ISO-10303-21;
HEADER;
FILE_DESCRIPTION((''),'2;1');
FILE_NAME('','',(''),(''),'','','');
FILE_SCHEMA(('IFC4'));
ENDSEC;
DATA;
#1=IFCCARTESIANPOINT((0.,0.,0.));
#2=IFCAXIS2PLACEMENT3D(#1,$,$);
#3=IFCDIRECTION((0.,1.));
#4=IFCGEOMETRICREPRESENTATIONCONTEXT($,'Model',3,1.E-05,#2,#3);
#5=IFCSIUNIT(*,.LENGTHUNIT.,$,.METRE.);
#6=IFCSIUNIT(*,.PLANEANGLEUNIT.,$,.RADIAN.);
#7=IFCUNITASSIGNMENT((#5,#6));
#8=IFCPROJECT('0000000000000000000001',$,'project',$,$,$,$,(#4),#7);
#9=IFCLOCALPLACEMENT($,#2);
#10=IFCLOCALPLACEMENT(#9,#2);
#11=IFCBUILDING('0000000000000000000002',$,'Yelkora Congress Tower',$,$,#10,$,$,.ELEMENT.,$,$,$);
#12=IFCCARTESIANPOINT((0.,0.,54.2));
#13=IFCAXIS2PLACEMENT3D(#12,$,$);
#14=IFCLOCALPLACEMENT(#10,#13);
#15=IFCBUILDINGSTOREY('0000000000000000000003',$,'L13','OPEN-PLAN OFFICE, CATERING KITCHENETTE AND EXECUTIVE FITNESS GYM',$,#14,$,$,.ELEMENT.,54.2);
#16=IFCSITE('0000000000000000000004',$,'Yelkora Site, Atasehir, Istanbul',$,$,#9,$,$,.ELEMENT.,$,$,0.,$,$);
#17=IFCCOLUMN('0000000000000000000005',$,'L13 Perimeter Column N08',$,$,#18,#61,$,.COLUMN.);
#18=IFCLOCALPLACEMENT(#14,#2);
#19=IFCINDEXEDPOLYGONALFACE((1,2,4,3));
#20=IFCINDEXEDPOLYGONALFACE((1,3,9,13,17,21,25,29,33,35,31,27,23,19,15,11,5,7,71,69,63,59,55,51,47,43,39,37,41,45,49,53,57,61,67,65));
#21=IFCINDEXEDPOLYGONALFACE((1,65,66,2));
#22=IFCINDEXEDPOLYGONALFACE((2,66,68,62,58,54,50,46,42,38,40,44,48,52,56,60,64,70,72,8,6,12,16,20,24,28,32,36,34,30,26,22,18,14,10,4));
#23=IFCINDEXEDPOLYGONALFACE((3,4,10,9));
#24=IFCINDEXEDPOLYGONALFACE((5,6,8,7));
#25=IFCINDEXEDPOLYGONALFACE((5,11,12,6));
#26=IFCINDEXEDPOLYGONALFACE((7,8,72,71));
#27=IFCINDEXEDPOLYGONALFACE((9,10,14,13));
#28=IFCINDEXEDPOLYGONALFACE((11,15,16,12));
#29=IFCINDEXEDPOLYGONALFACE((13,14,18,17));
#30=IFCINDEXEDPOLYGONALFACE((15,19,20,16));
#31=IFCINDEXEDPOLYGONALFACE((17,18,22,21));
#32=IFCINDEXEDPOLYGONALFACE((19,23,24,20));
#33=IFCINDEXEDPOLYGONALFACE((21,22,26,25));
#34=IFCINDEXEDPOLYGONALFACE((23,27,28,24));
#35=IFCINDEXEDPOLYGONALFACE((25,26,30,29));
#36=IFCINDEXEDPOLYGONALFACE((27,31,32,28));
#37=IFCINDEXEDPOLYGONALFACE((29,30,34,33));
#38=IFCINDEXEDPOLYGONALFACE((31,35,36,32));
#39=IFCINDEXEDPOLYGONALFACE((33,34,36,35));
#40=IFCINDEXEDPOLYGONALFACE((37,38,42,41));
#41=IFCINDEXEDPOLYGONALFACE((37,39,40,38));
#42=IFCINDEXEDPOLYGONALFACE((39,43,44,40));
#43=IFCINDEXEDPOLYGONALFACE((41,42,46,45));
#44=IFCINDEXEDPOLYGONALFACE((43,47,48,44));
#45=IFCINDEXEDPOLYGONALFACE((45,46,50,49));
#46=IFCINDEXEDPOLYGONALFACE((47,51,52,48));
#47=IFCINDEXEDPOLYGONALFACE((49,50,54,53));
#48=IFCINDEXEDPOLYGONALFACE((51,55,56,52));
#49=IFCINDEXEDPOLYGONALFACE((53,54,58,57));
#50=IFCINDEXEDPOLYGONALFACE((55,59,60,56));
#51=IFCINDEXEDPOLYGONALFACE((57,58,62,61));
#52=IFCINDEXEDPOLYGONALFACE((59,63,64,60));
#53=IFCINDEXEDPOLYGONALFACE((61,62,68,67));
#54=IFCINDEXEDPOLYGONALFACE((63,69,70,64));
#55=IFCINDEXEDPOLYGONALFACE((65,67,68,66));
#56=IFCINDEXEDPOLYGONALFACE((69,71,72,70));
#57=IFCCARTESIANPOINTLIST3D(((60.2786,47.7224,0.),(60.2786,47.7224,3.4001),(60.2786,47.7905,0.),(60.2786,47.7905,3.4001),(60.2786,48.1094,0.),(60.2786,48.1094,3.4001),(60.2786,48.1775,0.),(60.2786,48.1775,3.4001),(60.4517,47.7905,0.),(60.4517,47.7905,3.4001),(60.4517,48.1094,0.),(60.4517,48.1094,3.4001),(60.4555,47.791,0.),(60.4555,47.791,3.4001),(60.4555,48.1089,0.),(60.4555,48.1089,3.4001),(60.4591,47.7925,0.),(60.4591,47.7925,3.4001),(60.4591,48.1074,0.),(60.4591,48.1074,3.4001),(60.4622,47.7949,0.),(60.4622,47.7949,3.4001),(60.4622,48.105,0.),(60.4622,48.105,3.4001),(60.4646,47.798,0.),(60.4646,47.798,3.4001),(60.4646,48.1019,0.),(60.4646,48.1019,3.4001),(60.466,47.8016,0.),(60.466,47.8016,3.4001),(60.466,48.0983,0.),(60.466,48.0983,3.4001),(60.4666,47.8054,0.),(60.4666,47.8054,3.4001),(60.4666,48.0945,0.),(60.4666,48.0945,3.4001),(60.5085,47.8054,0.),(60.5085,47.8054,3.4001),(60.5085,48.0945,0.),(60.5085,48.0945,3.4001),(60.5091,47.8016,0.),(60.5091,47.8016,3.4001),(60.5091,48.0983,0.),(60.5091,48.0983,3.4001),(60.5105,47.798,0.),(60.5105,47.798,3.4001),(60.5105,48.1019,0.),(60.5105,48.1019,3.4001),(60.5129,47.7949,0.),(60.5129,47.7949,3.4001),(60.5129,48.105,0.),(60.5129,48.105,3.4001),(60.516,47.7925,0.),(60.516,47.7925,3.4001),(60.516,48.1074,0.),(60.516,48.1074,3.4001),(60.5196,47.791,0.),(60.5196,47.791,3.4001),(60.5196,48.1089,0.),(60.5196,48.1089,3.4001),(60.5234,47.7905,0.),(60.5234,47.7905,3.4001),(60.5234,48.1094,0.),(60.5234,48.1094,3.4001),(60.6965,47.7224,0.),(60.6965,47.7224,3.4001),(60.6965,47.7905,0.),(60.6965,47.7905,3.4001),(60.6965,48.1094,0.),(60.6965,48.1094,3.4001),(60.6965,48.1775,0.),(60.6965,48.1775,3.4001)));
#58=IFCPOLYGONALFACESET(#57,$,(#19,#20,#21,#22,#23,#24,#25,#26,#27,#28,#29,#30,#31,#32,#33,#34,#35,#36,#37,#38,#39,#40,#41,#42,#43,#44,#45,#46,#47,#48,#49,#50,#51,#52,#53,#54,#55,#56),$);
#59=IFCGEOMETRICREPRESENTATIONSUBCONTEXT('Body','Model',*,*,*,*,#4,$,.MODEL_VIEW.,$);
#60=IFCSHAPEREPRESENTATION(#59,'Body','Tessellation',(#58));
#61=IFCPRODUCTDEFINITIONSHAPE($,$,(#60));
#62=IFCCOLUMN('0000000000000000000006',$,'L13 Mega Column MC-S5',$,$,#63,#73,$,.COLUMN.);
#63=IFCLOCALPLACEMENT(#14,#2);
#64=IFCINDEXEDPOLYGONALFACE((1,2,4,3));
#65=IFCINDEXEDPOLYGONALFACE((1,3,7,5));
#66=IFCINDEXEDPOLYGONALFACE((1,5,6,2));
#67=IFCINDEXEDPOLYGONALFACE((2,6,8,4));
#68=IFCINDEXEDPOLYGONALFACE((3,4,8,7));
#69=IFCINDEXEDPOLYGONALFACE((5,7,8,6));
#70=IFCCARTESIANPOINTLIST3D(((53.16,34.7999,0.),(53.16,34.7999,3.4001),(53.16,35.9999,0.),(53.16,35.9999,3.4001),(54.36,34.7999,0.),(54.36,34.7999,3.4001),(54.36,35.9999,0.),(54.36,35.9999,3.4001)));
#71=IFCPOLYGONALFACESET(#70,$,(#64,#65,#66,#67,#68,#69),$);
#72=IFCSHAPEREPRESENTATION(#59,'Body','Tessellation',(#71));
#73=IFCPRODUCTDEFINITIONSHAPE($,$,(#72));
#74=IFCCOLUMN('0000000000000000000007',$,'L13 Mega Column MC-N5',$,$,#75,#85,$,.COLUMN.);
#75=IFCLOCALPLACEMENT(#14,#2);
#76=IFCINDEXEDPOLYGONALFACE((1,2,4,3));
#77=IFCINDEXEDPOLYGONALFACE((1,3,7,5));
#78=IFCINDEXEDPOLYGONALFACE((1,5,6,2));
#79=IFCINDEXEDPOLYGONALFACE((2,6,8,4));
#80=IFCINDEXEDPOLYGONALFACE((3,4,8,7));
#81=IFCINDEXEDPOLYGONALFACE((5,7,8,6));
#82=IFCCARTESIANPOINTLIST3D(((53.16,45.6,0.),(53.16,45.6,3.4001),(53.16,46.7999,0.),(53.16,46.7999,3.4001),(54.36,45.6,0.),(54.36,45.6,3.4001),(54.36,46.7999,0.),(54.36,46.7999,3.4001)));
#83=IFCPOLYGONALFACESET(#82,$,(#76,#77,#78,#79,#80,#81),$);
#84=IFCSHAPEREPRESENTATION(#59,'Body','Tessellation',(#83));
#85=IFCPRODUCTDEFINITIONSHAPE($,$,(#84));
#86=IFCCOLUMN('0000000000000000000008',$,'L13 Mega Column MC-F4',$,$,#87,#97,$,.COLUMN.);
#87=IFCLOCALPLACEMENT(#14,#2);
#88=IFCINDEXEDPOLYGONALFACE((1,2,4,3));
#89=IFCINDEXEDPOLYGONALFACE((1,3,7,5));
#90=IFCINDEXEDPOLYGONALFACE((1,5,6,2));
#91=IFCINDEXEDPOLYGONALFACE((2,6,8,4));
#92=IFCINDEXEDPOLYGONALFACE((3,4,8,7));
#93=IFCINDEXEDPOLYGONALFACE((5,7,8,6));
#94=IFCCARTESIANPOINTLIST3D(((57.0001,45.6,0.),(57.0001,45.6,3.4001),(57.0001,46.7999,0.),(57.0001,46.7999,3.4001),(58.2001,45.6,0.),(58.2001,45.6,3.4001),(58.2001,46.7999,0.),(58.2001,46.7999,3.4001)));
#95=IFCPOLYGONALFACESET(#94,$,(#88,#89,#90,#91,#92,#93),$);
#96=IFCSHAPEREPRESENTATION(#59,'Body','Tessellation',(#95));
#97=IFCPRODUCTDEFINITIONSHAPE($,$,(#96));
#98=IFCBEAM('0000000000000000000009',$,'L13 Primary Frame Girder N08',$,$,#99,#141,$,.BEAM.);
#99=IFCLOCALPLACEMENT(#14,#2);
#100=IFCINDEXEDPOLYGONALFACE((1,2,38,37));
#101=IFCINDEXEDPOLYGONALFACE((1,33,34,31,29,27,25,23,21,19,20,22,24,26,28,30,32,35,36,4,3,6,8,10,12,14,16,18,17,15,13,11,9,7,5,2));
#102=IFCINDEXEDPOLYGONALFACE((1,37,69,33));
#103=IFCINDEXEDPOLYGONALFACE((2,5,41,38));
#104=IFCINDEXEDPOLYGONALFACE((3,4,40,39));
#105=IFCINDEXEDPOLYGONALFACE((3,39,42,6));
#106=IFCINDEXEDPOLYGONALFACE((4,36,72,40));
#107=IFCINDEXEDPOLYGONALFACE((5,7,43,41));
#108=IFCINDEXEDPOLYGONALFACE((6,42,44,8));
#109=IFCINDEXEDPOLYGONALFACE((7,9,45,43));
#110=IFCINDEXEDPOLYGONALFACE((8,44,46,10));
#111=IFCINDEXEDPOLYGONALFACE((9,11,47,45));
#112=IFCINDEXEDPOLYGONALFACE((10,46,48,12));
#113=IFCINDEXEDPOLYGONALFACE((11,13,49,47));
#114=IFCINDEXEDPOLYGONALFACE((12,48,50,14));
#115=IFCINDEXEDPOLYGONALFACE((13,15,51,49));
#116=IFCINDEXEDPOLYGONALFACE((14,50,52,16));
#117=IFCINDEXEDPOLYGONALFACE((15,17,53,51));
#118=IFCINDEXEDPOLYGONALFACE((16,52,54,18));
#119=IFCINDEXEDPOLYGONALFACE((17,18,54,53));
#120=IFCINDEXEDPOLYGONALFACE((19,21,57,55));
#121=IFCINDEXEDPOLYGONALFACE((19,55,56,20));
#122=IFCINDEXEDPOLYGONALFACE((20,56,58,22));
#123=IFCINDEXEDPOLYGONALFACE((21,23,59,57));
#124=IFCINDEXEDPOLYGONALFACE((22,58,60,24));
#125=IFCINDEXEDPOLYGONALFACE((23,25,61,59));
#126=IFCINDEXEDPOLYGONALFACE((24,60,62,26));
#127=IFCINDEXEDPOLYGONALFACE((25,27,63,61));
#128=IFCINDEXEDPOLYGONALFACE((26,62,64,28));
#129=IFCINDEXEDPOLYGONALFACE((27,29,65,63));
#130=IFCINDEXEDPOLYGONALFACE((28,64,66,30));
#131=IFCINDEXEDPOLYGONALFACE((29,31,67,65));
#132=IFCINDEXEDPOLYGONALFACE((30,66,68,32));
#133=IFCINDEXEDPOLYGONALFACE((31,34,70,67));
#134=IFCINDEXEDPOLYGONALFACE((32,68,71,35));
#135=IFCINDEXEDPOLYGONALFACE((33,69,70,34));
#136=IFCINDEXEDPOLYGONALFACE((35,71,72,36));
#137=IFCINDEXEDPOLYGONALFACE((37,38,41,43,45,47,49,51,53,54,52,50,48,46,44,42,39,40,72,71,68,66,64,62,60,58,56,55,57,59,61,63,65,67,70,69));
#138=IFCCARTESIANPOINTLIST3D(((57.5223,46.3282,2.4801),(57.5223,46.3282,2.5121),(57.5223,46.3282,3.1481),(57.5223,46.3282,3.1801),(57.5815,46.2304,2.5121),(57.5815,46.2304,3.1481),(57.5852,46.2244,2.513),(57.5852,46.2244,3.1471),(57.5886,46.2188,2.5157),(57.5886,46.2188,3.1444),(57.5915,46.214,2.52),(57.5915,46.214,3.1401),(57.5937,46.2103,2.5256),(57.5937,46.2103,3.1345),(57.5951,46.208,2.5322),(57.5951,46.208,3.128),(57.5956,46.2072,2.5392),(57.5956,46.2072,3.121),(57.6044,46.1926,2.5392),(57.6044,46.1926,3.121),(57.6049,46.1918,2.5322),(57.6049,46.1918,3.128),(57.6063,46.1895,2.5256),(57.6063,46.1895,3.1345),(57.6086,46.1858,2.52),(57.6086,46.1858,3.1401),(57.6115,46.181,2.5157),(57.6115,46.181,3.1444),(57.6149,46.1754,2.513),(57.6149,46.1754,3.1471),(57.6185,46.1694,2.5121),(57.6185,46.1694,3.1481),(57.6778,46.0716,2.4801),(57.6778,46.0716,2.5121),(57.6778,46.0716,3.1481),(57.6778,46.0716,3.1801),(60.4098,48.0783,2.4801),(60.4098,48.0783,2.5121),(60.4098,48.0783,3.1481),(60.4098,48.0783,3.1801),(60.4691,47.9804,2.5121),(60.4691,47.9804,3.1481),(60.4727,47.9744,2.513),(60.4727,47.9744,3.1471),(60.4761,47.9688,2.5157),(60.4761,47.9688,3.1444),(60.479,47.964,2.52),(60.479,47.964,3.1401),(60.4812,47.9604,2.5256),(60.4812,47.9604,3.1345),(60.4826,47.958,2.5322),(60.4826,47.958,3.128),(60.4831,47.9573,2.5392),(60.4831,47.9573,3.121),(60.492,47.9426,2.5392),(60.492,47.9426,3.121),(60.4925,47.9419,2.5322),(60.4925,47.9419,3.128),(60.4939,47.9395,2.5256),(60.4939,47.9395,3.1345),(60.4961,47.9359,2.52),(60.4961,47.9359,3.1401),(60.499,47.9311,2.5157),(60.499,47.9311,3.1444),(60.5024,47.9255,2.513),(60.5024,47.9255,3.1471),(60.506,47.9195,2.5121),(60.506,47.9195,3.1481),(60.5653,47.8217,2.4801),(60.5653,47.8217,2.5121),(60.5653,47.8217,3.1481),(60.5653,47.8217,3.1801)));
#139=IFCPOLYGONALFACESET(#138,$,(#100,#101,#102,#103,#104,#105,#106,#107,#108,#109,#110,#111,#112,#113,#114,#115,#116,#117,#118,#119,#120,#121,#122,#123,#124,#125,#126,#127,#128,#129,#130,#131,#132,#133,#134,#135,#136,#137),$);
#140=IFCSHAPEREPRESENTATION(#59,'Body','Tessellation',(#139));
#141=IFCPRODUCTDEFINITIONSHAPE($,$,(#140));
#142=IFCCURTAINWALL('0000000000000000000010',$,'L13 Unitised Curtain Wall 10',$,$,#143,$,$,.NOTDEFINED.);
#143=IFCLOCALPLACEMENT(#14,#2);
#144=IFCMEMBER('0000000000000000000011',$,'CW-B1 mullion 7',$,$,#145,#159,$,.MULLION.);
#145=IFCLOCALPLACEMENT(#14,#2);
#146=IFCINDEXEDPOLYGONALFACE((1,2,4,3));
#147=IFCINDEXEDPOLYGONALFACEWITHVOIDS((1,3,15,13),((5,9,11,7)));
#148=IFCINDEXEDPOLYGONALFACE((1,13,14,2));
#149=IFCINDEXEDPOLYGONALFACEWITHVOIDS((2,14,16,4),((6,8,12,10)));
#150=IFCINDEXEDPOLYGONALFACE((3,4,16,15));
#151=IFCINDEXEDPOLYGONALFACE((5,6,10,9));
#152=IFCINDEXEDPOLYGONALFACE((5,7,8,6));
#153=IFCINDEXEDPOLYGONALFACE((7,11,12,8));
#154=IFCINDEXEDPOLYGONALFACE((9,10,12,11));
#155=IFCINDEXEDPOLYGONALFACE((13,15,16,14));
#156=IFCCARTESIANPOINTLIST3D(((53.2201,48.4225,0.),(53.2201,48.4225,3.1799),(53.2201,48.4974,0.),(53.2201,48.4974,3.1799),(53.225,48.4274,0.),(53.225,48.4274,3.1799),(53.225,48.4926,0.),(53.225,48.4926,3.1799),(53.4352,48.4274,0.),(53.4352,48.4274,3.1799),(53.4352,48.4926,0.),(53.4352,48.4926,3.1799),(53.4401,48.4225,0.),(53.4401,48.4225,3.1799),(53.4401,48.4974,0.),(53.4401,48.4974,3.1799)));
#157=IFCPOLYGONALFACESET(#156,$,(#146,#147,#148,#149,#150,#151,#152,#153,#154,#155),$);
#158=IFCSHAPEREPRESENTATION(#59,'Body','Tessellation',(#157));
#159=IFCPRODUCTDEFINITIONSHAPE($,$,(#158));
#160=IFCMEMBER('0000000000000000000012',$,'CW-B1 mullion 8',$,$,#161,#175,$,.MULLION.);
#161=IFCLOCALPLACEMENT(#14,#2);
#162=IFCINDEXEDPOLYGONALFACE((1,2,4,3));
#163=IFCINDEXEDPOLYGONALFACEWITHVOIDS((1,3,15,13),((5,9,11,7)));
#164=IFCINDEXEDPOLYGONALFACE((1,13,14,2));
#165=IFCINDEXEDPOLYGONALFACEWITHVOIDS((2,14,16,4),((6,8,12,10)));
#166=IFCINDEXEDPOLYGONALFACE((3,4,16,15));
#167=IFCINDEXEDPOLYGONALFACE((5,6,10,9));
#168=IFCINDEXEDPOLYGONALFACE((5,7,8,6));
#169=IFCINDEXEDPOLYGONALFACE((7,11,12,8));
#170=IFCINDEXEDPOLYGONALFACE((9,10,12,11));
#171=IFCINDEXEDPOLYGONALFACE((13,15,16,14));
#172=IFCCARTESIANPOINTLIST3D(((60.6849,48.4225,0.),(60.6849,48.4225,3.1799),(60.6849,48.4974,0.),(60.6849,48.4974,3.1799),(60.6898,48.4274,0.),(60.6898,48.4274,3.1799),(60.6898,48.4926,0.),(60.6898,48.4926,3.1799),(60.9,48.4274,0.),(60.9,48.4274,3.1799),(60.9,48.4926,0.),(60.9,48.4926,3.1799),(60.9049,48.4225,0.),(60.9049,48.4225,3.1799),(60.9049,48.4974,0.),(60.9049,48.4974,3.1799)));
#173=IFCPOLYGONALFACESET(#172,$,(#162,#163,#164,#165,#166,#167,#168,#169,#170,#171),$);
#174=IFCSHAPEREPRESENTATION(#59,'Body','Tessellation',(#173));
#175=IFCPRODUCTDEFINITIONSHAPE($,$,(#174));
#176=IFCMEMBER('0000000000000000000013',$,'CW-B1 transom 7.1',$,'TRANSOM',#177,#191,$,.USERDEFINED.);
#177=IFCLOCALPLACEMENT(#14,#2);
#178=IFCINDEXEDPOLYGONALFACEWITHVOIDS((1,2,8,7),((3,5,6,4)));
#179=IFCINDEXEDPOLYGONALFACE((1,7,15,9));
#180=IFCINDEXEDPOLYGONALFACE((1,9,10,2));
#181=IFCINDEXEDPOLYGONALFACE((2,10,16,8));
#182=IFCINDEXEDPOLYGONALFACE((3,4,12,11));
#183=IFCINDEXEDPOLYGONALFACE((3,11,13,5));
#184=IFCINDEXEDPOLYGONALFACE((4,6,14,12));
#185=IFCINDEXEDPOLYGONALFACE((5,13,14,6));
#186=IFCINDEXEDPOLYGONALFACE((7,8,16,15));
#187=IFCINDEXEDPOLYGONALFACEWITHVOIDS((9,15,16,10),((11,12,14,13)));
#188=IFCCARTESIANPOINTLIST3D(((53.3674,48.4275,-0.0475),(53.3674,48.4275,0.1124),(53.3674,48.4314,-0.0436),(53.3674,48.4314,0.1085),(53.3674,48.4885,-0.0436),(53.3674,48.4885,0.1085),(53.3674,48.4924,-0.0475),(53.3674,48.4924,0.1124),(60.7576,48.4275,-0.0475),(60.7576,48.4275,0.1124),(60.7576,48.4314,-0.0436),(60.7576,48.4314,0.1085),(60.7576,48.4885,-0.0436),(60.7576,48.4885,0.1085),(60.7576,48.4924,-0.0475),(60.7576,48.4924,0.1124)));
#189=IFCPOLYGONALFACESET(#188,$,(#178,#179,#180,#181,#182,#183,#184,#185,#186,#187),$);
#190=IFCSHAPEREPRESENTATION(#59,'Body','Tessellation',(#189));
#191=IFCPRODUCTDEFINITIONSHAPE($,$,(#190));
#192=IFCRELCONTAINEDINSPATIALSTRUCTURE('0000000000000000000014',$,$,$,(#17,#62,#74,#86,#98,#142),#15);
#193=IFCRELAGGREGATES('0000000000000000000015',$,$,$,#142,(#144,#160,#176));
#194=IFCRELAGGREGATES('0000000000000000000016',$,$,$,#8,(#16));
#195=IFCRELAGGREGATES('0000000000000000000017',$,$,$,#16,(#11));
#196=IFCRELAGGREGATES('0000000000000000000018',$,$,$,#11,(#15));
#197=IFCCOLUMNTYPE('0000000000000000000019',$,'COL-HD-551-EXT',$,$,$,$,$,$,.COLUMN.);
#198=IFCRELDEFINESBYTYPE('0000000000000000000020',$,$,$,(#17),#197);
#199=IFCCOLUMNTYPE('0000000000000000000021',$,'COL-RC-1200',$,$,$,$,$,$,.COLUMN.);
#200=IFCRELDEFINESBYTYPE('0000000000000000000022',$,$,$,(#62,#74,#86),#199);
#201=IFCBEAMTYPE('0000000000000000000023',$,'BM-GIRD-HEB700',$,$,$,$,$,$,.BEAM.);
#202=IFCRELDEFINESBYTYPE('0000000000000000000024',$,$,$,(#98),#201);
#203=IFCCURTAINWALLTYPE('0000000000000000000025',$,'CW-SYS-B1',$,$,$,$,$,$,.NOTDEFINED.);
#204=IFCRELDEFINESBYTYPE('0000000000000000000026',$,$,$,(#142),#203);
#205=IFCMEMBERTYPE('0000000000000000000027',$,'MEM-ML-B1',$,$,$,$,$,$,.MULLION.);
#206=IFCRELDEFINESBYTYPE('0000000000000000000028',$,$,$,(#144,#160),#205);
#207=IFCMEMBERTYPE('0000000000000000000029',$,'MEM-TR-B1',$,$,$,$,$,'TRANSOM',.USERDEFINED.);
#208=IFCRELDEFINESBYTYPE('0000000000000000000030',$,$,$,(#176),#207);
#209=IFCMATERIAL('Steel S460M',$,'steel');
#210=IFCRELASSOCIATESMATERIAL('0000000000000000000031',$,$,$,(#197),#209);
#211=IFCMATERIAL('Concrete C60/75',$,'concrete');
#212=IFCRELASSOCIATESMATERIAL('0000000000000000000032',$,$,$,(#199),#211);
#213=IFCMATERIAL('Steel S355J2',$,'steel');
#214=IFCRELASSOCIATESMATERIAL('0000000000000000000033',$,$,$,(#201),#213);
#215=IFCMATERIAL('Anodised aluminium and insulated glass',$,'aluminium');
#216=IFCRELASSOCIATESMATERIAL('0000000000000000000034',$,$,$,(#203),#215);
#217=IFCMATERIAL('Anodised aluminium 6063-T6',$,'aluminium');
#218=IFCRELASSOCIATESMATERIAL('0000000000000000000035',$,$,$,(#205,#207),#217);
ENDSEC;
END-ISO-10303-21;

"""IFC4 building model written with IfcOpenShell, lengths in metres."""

from ifc_helpers import new_model, si_unit, direction, frame, origin, origin_2d, place, context, subcontext, project, spatial, rectangle, hollow_rectangle, i_section, extrude, material, material_profile, profile_set, type_object, element, aggregate, save


model = new_model("IFC4")

# Units and contexts
model_context = context("Model", 3, precision=1e-05, world=origin(), true_north=direction((0.0, 1.0)))
body_context = subcontext(model_context, "Body", "Model", "MODEL_VIEW")
ifc_project = project(units=[si_unit("LENGTHUNIT", "METRE"), si_unit("PLANEANGLEUNIT", "RADIAN")], contexts=[model_context])

# Site, building, storey
site_placement = place(None, origin())
site = spatial("IfcSite", under=ifc_project, at=site_placement, Name="Yelkora Site, Atasehir, Istanbul", CompositionType="ELEMENT", RefElevation=0.0)
building_placement = place(site_placement, origin())
building = spatial("IfcBuilding", under=site, at=building_placement, Name="Yelkora Congress Tower", CompositionType="ELEMENT")
storey_placement = place(building_placement, frame((0.0, 0.0, 54.2)))
storey = spatial("IfcBuildingStorey", under=building, at=storey_placement, Name="L13", Description="OPEN-PLAN OFFICE, CATERING KITCHENETTE AND EXECUTIVE FITNESS GYM", CompositionType="ELEMENT", Elevation=54.2)

# Columns
ifc_material_1 = material(Name="Steel S460M", Category="steel")
ifc_material_profile_1 = material_profile(ifc_material_1, i_section(OverallWidth=0.418, OverallDepth=0.4551, WebThickness=0.042, FlangeThickness=0.0681, FilletRadius=0.0149, at=origin_2d()), Name="HD 400x551")
ifc_profile_set_1 = profile_set([ifc_material_profile_1], Name="Steel S460M")
column_type_1 = type_object("IfcColumnType", Name="COL-HD-551-EXT", PredefinedType="COLUMN", material=ifc_profile_set_1)
column_placement = place(storey_placement, frame((60.4875, 47.95, 0.0), z_axis=(0.0, 0.0, 1.0), x_axis=(1.0, 0.0, 0.0)))
element("IfcColumn", 1, at=column_placement, inside=storey, type_object=column_type_1, Name="L13 Perimeter Column N08", PredefinedType="COLUMN", context=body_context, shape_type="SweptSolid", body=[
    extrude(i_section(OverallWidth=0.418, OverallDepth=0.4551, WebThickness=0.042, FlangeThickness=0.0681, FilletRadius=0.0149, at=origin_2d()), origin(), (0.0, 0.0, 1.0), 3.4001),
])
ifc_material_2 = material(Name="Concrete C60/75", Category="concrete")
ifc_material_profile_2 = material_profile(ifc_material_2, rectangle(XDim=1.2, YDim=1.2, at=origin_2d()), Name="RC 1200x1200")
ifc_profile_set_2 = profile_set([ifc_material_profile_2], Name="Concrete C60/75")
column_type_2 = type_object("IfcColumnType", Name="COL-RC-1200", PredefinedType="COLUMN", material=ifc_profile_set_2)
for number, where, z_axis, x_axis, name in (
    (2, (53.76, 35.3999, 0.0), (0.0, 0.0, 1.0), (1.0, 0.0, 0.0), "L13 Mega Column MC-S5"),
    (3, (53.76, 46.2, 0.0), (0.0, 0.0, 1.0), (1.0, 0.0, 0.0), "L13 Mega Column MC-N5"),
    (4, (57.6001, 46.2, 0.0), (0.0, 0.0, 1.0), (1.0, 0.0, 0.0), "L13 Mega Column MC-F4"),
):
    element("IfcColumn", number, at=place(storey_placement, frame(where, z_axis=z_axis, x_axis=x_axis)), inside=storey, type_object=column_type_2, Name=name, PredefinedType="COLUMN", context=body_context, shape_type="SweptSolid", body=[
        extrude(rectangle(XDim=1.2, YDim=1.2, at=origin_2d()), origin(), (0.0, 0.0, 1.0), 3.4001),
    ])

# Beam
ifc_material_3 = material(Name="Steel S355J2", Category="steel")
ifc_material_profile_3 = material_profile(ifc_material_3, i_section(OverallWidth=0.3, OverallDepth=0.7, WebThickness=0.0171, FlangeThickness=0.032, FilletRadius=0.0271, at=origin_2d()), Name="HEB 700")
ifc_profile_set_3 = profile_set([ifc_material_profile_3], Name="Steel S355J2")
beam_type = type_object("IfcBeamType", Name="BM-GIRD-HEB700", PredefinedType="BEAM", material=ifc_profile_set_3)
beam_placement = place(storey_placement, frame((60.4875, 47.95, 2.8301), z_axis=(-0.855194, -0.518308, 0.0), x_axis=(0.518308, -0.855194, 0.0)))
element("IfcBeam", 5, at=beam_placement, inside=storey, type_object=beam_type, Name="L13 Primary Frame Girder N08", PredefinedType="BEAM", context=body_context, shape_type="SweptSolid", body=[
    extrude(i_section(OverallWidth=0.3, OverallDepth=0.7, WebThickness=0.0171, FlangeThickness=0.032, FilletRadius=0.0271, at=origin_2d()), origin(), (0.0, 0.0, 1.0), 3.3765),
])

# Curtain wall, members
ifc_material_4 = material(Name="Anodised aluminium and insulated glass", Category="aluminium")
curtain_wall_type = type_object("IfcCurtainWallType", Name="CW-SYS-B1", PredefinedType="NOTDEFINED", material=ifc_material_4)
curtain_wall_placement = place(storey_placement, origin())
curtain_wall = element("IfcCurtainWall", 6, at=curtain_wall_placement, inside=storey, type_object=curtain_wall_type, Name="L13 Unitised Curtain Wall 10", PredefinedType="NOTDEFINED")
ifc_material_5 = material(Name="Anodised aluminium 6063-T6", Category="aluminium")
ifc_material_profile_4 = material_profile(ifc_material_5, hollow_rectangle(XDim=0.075, YDim=0.22, WallThickness=0.0049, at=origin_2d()), Name="ALU 75x220x5")
ifc_profile_set_4 = profile_set([ifc_material_profile_4], Name="Anodised aluminium 6063-T6")
member_type_1 = type_object("IfcMemberType", Name="MEM-ML-B1", PredefinedType="MULLION", material=ifc_profile_set_4)
member_1_placement = place(storey_placement, frame((53.3301, 48.46, 0.0), z_axis=(0.0, 0.0, 1.0), x_axis=(0.0, 1.0, 0.0)))
member_1 = element("IfcMember", 7, at=member_1_placement, type_object=member_type_1, Name="CW-B1 mullion 7", PredefinedType="MULLION", context=body_context, shape_type="SweptSolid", body=[
    extrude(hollow_rectangle(XDim=0.075, YDim=0.22, WallThickness=0.0049, at=origin_2d()), origin(), (0.0, 0.0, 1.0), 3.1799),
])
member_2_placement = place(storey_placement, frame((60.7949, 48.46, 0.0), z_axis=(0.0, 0.0, 1.0), x_axis=(0.0, 1.0, 0.0)))
member_2 = element("IfcMember", 8, at=member_2_placement, type_object=member_type_1, Name="CW-B1 mullion 8", PredefinedType="MULLION", context=body_context, shape_type="SweptSolid", body=[
    extrude(hollow_rectangle(XDim=0.075, YDim=0.22, WallThickness=0.0049, at=origin_2d()), origin(), (0.0, 0.0, 1.0), 3.1799),
])
ifc_material_profile_5 = material_profile(ifc_material_5, hollow_rectangle(XDim=0.0649, YDim=0.1599, WallThickness=0.0039, at=origin_2d()), Name="ALU 65x160x4")
ifc_profile_set_5 = profile_set([ifc_material_profile_5], Name="Anodised aluminium 6063-T6")
member_type_2 = type_object("IfcMemberType", Name="MEM-TR-B1", ElementType="TRANSOM", PredefinedType="USERDEFINED", material=ifc_profile_set_5)
member_3_placement = place(storey_placement, frame((53.3674, 48.46, 0.0325), z_axis=(1.0, 0.0, 0.0), x_axis=(0.0, 1.0, 0.0)))
member_3 = element("IfcMember", 9, at=member_3_placement, type_object=member_type_2, Name="CW-B1 transom 7.1", ObjectType="TRANSOM", PredefinedType="USERDEFINED", context=body_context, shape_type="SweptSolid", body=[
    extrude(hollow_rectangle(XDim=0.0649, YDim=0.1599, WallThickness=0.0039, at=origin_2d()), origin(), (0.0, 0.0, 1.0), 7.3901),
])
aggregate(curtain_wall, [member_1, member_2, member_3])

save(model, "model.ifc")
